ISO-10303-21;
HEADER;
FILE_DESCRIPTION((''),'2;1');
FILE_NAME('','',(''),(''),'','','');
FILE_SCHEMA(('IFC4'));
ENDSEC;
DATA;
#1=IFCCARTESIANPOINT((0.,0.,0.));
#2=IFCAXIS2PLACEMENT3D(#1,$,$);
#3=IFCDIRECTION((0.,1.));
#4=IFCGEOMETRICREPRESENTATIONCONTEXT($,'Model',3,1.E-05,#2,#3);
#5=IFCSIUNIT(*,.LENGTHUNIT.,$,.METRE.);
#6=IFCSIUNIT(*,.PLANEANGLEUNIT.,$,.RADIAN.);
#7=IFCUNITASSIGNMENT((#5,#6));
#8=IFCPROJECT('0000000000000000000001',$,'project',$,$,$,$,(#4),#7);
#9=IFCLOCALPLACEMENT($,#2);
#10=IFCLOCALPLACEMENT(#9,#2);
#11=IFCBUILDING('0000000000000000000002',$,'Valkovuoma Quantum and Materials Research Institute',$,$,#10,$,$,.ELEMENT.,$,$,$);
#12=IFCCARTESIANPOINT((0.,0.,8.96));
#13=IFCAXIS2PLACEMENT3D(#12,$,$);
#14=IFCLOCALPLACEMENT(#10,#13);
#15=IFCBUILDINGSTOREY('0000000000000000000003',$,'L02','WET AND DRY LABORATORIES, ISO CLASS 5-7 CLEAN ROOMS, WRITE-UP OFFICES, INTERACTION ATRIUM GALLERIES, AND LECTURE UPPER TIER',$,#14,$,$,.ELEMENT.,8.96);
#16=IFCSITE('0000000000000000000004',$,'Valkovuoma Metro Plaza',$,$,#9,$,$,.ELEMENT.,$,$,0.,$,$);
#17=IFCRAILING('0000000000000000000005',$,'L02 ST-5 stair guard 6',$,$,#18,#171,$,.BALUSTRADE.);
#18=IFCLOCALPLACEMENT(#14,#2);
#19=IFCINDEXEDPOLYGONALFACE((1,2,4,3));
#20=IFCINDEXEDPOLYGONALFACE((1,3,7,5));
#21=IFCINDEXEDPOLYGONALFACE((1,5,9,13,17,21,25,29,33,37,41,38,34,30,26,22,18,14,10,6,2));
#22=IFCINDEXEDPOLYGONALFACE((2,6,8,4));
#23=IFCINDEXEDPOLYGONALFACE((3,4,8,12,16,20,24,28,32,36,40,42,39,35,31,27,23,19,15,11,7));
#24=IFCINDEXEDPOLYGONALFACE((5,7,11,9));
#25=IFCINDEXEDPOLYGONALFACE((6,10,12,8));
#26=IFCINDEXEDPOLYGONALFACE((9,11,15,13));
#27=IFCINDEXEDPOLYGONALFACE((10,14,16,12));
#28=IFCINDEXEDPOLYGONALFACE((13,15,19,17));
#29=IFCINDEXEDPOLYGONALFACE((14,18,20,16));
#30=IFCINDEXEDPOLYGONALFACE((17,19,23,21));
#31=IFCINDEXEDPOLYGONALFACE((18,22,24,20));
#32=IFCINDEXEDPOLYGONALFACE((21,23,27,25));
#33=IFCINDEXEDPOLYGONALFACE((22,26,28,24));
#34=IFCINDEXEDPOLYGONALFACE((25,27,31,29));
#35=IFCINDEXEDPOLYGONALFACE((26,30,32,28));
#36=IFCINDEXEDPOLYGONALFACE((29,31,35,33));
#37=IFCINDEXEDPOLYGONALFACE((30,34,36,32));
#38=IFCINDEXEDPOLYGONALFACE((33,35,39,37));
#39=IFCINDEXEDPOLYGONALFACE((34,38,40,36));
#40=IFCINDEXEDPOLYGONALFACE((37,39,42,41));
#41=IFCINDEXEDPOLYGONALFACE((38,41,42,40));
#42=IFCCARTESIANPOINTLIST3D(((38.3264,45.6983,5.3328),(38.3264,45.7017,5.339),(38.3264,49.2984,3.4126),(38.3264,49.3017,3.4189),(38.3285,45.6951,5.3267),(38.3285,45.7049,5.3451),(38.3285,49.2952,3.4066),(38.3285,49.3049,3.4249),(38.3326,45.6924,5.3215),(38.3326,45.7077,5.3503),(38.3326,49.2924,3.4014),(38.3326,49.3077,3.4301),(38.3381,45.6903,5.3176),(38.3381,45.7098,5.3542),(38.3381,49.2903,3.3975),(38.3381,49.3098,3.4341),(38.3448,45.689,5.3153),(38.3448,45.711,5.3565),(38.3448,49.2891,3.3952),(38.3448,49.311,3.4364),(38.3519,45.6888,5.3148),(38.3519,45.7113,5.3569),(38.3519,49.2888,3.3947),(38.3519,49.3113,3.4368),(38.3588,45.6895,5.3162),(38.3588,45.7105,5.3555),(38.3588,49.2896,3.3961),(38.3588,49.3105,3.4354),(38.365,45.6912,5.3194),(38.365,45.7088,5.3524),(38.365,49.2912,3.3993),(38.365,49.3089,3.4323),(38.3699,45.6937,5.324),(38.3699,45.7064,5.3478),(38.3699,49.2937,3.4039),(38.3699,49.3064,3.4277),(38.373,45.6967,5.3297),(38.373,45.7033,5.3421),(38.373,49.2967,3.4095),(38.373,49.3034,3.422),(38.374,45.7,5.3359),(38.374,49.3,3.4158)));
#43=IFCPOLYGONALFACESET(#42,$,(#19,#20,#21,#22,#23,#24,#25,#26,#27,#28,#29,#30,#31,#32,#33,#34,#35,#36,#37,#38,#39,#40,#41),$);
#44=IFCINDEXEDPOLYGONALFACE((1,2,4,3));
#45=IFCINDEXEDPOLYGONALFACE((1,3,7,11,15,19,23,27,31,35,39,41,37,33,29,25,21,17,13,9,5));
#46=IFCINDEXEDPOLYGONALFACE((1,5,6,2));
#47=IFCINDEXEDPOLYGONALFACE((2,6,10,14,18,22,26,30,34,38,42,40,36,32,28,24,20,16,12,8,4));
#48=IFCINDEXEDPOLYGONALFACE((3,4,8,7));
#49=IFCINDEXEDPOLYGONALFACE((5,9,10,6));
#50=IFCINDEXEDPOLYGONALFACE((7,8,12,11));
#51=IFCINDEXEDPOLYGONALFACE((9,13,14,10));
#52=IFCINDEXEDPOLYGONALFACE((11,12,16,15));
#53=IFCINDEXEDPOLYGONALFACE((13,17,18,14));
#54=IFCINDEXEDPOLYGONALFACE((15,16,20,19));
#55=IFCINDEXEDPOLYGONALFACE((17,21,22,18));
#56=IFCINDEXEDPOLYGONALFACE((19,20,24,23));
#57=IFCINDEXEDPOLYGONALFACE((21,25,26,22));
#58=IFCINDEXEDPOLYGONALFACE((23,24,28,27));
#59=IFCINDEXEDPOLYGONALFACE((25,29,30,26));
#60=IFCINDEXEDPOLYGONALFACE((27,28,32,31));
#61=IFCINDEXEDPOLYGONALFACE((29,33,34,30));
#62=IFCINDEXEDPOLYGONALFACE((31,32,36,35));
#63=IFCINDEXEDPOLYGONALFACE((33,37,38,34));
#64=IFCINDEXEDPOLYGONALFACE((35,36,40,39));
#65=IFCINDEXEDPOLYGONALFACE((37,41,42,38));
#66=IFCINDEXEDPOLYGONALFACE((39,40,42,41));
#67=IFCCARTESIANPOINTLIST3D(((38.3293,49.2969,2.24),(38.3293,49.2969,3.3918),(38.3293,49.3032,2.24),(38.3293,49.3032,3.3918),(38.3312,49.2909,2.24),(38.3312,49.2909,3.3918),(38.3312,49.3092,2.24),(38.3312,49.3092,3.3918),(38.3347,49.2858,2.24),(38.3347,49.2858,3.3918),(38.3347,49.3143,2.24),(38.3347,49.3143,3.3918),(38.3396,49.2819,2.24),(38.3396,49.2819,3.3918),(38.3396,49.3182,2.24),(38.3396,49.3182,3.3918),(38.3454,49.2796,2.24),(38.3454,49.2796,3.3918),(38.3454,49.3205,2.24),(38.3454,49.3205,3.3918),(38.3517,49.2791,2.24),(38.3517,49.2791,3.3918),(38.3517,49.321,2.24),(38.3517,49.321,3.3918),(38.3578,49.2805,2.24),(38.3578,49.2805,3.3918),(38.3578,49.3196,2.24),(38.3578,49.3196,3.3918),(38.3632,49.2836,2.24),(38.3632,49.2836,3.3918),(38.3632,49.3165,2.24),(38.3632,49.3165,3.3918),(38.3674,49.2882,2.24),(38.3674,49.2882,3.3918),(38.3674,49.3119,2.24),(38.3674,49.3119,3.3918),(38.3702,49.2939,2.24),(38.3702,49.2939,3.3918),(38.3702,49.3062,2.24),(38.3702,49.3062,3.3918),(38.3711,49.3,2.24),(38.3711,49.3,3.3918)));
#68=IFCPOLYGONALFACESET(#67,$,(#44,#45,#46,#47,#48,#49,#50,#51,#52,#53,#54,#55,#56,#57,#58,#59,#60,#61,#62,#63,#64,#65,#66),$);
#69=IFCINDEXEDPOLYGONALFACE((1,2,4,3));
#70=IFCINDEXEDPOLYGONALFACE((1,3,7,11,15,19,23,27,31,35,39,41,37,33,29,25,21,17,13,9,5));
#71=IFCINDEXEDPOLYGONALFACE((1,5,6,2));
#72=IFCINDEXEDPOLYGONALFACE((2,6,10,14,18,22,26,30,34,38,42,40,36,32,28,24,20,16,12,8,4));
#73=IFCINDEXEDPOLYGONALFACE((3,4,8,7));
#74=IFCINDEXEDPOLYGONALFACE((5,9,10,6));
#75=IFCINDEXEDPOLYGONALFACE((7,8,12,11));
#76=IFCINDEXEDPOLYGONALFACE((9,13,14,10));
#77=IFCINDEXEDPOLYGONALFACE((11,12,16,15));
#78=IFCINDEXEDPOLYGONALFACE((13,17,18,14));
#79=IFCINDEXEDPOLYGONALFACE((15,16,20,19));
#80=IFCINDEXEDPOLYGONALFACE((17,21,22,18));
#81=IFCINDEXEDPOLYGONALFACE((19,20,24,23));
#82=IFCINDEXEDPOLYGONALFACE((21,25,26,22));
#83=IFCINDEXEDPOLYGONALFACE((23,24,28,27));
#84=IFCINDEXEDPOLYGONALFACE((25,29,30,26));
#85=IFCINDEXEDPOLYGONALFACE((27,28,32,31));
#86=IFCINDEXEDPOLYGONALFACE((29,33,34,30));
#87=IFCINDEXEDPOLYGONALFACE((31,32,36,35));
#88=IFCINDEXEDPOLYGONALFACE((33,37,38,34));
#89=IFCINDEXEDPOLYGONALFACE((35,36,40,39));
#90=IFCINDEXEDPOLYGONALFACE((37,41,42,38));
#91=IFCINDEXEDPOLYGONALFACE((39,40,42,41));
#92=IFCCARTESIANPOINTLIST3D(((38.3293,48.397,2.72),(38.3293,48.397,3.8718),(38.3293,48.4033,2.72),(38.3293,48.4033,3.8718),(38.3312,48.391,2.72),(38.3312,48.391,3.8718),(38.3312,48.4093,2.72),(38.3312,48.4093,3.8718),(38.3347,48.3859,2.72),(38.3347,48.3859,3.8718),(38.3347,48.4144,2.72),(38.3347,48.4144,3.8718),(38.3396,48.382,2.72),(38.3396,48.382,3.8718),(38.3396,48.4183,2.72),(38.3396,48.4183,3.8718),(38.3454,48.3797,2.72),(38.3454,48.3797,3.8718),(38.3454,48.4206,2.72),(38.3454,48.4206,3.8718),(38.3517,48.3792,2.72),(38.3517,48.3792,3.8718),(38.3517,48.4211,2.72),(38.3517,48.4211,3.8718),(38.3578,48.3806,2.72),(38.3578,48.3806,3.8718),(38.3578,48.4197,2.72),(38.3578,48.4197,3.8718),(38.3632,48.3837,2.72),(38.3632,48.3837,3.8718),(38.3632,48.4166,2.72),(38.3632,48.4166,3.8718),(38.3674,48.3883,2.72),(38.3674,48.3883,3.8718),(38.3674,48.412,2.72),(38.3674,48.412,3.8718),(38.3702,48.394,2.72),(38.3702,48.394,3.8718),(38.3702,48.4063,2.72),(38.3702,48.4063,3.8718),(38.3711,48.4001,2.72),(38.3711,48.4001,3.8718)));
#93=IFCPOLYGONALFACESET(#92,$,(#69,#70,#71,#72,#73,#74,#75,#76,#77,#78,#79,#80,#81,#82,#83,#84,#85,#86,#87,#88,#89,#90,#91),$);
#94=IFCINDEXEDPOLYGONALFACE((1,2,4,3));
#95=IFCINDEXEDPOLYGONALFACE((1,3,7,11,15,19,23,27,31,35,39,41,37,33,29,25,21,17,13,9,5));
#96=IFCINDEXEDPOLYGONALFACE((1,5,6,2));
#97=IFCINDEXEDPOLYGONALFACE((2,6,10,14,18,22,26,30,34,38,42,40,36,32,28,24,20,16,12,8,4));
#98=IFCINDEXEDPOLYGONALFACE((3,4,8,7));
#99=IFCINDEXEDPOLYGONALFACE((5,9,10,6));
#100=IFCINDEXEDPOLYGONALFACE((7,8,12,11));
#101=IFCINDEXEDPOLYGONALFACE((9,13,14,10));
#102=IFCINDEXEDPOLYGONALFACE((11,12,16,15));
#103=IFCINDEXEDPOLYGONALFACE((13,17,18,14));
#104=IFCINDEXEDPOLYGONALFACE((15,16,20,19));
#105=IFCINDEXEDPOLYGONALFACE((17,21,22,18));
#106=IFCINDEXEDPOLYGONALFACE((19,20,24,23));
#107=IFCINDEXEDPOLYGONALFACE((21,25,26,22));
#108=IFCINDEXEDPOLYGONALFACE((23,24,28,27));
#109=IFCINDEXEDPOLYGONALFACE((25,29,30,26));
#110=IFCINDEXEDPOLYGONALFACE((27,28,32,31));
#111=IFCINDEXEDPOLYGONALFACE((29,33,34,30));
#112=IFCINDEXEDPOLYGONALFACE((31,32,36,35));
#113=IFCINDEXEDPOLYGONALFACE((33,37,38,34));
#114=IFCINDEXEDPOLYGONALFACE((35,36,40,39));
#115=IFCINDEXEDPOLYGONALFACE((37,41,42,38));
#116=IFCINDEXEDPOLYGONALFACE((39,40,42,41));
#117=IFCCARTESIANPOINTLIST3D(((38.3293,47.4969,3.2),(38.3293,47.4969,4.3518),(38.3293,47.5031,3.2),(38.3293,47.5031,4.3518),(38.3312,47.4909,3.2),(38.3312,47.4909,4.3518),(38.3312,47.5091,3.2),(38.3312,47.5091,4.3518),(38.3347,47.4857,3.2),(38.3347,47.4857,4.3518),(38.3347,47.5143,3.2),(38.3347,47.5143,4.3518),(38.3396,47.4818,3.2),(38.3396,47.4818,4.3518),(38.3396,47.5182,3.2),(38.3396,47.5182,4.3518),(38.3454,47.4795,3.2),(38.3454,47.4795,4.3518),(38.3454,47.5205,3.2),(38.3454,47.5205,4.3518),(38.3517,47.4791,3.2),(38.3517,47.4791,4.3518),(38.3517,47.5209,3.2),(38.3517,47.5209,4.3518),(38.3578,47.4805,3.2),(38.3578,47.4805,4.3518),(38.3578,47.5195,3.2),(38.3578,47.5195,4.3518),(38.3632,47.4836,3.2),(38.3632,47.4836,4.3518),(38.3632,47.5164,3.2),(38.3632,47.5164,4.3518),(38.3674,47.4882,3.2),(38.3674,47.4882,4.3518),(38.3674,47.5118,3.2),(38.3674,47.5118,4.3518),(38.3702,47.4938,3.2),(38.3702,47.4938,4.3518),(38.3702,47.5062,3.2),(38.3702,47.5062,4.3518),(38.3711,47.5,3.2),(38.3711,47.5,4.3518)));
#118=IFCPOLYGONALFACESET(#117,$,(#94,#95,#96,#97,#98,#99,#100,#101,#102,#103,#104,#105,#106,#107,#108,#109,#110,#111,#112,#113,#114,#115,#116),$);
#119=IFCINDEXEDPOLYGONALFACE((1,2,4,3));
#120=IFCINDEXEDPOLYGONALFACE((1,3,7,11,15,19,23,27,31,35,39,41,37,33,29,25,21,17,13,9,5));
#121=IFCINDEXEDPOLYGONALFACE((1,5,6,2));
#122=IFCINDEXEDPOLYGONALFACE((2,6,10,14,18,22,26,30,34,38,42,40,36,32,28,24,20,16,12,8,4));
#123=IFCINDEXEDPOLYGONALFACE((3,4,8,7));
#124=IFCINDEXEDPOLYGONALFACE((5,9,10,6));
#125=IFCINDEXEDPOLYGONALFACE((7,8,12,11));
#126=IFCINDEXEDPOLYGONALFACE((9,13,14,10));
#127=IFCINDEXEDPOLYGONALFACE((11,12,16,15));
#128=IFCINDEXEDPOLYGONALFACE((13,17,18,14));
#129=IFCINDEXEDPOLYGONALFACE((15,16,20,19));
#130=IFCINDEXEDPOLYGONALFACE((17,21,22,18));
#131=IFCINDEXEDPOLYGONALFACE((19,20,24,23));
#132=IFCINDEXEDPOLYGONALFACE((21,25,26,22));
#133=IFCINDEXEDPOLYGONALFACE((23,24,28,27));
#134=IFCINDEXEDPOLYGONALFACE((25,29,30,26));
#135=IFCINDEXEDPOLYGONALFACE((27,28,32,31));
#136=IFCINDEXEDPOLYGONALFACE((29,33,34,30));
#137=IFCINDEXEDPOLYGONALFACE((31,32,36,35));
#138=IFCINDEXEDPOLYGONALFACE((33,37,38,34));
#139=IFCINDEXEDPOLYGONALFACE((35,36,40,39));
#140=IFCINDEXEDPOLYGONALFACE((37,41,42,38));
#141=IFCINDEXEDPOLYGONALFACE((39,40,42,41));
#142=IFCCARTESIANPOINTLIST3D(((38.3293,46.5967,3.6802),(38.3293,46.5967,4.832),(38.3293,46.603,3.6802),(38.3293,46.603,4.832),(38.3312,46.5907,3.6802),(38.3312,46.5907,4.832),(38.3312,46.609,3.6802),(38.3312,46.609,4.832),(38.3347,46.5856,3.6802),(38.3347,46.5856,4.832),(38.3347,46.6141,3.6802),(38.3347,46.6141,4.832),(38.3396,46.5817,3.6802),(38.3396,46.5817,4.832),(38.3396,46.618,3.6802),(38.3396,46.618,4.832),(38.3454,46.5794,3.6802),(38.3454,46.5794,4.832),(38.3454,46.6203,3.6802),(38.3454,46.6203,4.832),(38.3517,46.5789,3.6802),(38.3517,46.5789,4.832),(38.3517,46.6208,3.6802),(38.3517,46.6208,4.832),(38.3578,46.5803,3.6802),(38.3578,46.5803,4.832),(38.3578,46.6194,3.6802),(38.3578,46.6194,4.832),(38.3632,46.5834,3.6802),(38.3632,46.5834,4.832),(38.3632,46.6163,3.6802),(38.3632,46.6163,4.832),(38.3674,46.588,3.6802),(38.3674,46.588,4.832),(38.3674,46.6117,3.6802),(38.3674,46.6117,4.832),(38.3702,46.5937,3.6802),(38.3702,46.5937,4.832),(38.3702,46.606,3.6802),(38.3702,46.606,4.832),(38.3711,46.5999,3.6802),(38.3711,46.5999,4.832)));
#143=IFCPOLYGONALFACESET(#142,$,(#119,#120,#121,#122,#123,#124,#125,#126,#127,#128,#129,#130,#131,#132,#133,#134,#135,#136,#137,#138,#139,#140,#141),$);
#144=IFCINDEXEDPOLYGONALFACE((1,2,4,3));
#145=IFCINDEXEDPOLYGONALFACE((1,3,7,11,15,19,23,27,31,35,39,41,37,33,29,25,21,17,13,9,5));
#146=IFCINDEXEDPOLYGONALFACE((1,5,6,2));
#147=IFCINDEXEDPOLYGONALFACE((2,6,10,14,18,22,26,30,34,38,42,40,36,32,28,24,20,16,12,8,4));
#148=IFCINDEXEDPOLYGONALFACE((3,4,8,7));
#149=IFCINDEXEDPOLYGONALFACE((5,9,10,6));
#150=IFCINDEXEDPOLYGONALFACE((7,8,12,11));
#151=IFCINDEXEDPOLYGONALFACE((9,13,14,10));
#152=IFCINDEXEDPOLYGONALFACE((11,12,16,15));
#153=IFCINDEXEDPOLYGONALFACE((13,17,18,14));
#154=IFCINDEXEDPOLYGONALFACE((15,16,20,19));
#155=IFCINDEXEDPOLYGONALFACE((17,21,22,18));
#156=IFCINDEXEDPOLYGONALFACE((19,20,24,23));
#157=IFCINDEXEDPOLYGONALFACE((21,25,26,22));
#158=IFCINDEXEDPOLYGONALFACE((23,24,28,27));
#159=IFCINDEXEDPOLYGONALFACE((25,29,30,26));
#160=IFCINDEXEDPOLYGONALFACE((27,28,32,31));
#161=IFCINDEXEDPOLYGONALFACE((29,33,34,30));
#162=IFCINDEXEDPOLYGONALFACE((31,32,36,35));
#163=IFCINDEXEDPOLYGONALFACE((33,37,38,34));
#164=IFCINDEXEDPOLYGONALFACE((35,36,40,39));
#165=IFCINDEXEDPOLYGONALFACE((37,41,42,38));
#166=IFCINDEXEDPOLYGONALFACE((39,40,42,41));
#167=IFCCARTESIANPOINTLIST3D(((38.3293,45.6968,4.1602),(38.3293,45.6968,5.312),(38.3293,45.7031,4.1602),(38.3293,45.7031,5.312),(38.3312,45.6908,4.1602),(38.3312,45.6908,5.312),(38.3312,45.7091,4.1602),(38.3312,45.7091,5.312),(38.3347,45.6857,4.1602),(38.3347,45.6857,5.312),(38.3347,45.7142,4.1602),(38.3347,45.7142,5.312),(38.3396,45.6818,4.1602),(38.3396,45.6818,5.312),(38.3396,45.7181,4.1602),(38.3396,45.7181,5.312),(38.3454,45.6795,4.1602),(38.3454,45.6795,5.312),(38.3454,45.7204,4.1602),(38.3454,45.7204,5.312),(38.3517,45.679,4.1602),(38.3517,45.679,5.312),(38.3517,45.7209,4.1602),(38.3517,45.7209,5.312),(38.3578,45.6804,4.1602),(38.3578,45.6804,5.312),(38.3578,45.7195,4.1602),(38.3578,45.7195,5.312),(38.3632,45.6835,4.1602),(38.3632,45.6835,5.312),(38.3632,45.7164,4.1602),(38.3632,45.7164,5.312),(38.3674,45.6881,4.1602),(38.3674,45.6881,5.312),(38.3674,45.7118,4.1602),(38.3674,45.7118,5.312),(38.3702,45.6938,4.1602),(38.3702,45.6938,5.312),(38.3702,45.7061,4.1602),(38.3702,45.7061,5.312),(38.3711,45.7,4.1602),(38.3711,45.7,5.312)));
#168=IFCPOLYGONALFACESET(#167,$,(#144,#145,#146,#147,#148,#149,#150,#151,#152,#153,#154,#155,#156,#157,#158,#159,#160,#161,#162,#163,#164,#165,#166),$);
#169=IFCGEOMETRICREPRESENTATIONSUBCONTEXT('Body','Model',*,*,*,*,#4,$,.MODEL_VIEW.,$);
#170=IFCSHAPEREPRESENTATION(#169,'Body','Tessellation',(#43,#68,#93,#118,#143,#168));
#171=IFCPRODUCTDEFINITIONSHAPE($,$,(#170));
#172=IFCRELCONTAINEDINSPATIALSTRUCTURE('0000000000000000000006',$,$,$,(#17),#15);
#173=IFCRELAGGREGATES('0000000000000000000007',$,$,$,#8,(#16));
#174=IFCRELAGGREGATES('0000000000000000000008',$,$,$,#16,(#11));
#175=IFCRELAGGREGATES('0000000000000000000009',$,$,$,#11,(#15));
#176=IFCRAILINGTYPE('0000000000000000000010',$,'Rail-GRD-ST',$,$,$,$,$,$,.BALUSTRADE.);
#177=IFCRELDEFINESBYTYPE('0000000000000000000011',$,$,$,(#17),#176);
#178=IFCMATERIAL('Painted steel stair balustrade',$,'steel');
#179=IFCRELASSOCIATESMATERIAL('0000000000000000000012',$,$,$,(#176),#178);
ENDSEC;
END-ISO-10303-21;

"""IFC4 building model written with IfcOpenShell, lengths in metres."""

from ifc_helpers import new_model, si_unit, direction, frame, origin, origin_2d, place, context, subcontext, project, spatial, circle, extrude, material, type_object, element, save


model = new_model("IFC4")

# Units and contexts
model_context = context("Model", 3, precision=1e-05, world=origin(), true_north=direction((0.0, 1.0)))
body_context = subcontext(model_context, "Body", "Model", "MODEL_VIEW")
ifc_project = project(units=[si_unit("LENGTHUNIT", "METRE"), si_unit("PLANEANGLEUNIT", "RADIAN")], contexts=[model_context])

# Site, building, storey
site_placement = place(None, origin())
site = spatial("IfcSite", under=ifc_project, at=site_placement, Name="Valkovuoma Metro Plaza", CompositionType="ELEMENT", RefElevation=0.0)
building_placement = place(site_placement, origin())
building = spatial("IfcBuilding", under=site, at=building_placement, Name="Valkovuoma Quantum and Materials Research Institute", CompositionType="ELEMENT")
storey_placement = place(building_placement, frame((0.0, 0.0, 8.96)))
storey = spatial("IfcBuildingStorey", under=building, at=storey_placement, Name="L02", Description="WET AND DRY LABORATORIES, ISO CLASS 5-7 CLEAN ROOMS, WRITE-UP OFFICES, INTERACTION ATRIUM GALLERIES, AND LECTURE UPPER TIER", CompositionType="ELEMENT", Elevation=8.96)

# Railing
ifc_material_1 = material(Name="Painted steel stair balustrade", Category="steel")
railing_type_1 = type_object("IfcRailingType", Name="Rail-GRD-ST", PredefinedType="BALUSTRADE", material=ifc_material_1)
railing_1_placement = place(storey_placement, frame((38.3501, 49.3, 2.24)))
element("IfcRailing", 1, at=railing_1_placement, inside=storey, type_object=railing_type_1, Name="L02 ST-5 stair guard 6", PredefinedType="BALUSTRADE", context=body_context, shape_type="SweptSolid", body=[
    extrude(circle(Radius=0.0239, at=origin_2d()), frame((0.0, 0.0, 1.1758), z_axis=(0.0, -0.882341, 0.47061), x_axis=(1.0, 0.0, 0.0)), (0.0, 0.0, 1.0), 4.0801),
    extrude(circle(Radius=0.021, at=origin_2d()), origin(), (0.0, 0.0, 1.0), 1.1519),
    extrude(circle(Radius=0.021, at=origin_2d()), frame((0.0, -0.8999, 0.48)), (0.0, 0.0, 1.0), 1.1519),
    extrude(circle(Radius=0.021, at=origin_2d()), frame((0.0, -1.8, 0.96)), (0.0, 0.0, 1.0), 1.1519),
    extrude(circle(Radius=0.021, at=origin_2d()), frame((0.0, -2.7002, 1.4402)), (0.0, 0.0, 1.0), 1.1519),
    extrude(circle(Radius=0.021, at=origin_2d()), frame((0.0, -3.6001, 1.9202)), (0.0, 0.0, 1.0), 1.1519),
])

save(model, "model.ifc")
